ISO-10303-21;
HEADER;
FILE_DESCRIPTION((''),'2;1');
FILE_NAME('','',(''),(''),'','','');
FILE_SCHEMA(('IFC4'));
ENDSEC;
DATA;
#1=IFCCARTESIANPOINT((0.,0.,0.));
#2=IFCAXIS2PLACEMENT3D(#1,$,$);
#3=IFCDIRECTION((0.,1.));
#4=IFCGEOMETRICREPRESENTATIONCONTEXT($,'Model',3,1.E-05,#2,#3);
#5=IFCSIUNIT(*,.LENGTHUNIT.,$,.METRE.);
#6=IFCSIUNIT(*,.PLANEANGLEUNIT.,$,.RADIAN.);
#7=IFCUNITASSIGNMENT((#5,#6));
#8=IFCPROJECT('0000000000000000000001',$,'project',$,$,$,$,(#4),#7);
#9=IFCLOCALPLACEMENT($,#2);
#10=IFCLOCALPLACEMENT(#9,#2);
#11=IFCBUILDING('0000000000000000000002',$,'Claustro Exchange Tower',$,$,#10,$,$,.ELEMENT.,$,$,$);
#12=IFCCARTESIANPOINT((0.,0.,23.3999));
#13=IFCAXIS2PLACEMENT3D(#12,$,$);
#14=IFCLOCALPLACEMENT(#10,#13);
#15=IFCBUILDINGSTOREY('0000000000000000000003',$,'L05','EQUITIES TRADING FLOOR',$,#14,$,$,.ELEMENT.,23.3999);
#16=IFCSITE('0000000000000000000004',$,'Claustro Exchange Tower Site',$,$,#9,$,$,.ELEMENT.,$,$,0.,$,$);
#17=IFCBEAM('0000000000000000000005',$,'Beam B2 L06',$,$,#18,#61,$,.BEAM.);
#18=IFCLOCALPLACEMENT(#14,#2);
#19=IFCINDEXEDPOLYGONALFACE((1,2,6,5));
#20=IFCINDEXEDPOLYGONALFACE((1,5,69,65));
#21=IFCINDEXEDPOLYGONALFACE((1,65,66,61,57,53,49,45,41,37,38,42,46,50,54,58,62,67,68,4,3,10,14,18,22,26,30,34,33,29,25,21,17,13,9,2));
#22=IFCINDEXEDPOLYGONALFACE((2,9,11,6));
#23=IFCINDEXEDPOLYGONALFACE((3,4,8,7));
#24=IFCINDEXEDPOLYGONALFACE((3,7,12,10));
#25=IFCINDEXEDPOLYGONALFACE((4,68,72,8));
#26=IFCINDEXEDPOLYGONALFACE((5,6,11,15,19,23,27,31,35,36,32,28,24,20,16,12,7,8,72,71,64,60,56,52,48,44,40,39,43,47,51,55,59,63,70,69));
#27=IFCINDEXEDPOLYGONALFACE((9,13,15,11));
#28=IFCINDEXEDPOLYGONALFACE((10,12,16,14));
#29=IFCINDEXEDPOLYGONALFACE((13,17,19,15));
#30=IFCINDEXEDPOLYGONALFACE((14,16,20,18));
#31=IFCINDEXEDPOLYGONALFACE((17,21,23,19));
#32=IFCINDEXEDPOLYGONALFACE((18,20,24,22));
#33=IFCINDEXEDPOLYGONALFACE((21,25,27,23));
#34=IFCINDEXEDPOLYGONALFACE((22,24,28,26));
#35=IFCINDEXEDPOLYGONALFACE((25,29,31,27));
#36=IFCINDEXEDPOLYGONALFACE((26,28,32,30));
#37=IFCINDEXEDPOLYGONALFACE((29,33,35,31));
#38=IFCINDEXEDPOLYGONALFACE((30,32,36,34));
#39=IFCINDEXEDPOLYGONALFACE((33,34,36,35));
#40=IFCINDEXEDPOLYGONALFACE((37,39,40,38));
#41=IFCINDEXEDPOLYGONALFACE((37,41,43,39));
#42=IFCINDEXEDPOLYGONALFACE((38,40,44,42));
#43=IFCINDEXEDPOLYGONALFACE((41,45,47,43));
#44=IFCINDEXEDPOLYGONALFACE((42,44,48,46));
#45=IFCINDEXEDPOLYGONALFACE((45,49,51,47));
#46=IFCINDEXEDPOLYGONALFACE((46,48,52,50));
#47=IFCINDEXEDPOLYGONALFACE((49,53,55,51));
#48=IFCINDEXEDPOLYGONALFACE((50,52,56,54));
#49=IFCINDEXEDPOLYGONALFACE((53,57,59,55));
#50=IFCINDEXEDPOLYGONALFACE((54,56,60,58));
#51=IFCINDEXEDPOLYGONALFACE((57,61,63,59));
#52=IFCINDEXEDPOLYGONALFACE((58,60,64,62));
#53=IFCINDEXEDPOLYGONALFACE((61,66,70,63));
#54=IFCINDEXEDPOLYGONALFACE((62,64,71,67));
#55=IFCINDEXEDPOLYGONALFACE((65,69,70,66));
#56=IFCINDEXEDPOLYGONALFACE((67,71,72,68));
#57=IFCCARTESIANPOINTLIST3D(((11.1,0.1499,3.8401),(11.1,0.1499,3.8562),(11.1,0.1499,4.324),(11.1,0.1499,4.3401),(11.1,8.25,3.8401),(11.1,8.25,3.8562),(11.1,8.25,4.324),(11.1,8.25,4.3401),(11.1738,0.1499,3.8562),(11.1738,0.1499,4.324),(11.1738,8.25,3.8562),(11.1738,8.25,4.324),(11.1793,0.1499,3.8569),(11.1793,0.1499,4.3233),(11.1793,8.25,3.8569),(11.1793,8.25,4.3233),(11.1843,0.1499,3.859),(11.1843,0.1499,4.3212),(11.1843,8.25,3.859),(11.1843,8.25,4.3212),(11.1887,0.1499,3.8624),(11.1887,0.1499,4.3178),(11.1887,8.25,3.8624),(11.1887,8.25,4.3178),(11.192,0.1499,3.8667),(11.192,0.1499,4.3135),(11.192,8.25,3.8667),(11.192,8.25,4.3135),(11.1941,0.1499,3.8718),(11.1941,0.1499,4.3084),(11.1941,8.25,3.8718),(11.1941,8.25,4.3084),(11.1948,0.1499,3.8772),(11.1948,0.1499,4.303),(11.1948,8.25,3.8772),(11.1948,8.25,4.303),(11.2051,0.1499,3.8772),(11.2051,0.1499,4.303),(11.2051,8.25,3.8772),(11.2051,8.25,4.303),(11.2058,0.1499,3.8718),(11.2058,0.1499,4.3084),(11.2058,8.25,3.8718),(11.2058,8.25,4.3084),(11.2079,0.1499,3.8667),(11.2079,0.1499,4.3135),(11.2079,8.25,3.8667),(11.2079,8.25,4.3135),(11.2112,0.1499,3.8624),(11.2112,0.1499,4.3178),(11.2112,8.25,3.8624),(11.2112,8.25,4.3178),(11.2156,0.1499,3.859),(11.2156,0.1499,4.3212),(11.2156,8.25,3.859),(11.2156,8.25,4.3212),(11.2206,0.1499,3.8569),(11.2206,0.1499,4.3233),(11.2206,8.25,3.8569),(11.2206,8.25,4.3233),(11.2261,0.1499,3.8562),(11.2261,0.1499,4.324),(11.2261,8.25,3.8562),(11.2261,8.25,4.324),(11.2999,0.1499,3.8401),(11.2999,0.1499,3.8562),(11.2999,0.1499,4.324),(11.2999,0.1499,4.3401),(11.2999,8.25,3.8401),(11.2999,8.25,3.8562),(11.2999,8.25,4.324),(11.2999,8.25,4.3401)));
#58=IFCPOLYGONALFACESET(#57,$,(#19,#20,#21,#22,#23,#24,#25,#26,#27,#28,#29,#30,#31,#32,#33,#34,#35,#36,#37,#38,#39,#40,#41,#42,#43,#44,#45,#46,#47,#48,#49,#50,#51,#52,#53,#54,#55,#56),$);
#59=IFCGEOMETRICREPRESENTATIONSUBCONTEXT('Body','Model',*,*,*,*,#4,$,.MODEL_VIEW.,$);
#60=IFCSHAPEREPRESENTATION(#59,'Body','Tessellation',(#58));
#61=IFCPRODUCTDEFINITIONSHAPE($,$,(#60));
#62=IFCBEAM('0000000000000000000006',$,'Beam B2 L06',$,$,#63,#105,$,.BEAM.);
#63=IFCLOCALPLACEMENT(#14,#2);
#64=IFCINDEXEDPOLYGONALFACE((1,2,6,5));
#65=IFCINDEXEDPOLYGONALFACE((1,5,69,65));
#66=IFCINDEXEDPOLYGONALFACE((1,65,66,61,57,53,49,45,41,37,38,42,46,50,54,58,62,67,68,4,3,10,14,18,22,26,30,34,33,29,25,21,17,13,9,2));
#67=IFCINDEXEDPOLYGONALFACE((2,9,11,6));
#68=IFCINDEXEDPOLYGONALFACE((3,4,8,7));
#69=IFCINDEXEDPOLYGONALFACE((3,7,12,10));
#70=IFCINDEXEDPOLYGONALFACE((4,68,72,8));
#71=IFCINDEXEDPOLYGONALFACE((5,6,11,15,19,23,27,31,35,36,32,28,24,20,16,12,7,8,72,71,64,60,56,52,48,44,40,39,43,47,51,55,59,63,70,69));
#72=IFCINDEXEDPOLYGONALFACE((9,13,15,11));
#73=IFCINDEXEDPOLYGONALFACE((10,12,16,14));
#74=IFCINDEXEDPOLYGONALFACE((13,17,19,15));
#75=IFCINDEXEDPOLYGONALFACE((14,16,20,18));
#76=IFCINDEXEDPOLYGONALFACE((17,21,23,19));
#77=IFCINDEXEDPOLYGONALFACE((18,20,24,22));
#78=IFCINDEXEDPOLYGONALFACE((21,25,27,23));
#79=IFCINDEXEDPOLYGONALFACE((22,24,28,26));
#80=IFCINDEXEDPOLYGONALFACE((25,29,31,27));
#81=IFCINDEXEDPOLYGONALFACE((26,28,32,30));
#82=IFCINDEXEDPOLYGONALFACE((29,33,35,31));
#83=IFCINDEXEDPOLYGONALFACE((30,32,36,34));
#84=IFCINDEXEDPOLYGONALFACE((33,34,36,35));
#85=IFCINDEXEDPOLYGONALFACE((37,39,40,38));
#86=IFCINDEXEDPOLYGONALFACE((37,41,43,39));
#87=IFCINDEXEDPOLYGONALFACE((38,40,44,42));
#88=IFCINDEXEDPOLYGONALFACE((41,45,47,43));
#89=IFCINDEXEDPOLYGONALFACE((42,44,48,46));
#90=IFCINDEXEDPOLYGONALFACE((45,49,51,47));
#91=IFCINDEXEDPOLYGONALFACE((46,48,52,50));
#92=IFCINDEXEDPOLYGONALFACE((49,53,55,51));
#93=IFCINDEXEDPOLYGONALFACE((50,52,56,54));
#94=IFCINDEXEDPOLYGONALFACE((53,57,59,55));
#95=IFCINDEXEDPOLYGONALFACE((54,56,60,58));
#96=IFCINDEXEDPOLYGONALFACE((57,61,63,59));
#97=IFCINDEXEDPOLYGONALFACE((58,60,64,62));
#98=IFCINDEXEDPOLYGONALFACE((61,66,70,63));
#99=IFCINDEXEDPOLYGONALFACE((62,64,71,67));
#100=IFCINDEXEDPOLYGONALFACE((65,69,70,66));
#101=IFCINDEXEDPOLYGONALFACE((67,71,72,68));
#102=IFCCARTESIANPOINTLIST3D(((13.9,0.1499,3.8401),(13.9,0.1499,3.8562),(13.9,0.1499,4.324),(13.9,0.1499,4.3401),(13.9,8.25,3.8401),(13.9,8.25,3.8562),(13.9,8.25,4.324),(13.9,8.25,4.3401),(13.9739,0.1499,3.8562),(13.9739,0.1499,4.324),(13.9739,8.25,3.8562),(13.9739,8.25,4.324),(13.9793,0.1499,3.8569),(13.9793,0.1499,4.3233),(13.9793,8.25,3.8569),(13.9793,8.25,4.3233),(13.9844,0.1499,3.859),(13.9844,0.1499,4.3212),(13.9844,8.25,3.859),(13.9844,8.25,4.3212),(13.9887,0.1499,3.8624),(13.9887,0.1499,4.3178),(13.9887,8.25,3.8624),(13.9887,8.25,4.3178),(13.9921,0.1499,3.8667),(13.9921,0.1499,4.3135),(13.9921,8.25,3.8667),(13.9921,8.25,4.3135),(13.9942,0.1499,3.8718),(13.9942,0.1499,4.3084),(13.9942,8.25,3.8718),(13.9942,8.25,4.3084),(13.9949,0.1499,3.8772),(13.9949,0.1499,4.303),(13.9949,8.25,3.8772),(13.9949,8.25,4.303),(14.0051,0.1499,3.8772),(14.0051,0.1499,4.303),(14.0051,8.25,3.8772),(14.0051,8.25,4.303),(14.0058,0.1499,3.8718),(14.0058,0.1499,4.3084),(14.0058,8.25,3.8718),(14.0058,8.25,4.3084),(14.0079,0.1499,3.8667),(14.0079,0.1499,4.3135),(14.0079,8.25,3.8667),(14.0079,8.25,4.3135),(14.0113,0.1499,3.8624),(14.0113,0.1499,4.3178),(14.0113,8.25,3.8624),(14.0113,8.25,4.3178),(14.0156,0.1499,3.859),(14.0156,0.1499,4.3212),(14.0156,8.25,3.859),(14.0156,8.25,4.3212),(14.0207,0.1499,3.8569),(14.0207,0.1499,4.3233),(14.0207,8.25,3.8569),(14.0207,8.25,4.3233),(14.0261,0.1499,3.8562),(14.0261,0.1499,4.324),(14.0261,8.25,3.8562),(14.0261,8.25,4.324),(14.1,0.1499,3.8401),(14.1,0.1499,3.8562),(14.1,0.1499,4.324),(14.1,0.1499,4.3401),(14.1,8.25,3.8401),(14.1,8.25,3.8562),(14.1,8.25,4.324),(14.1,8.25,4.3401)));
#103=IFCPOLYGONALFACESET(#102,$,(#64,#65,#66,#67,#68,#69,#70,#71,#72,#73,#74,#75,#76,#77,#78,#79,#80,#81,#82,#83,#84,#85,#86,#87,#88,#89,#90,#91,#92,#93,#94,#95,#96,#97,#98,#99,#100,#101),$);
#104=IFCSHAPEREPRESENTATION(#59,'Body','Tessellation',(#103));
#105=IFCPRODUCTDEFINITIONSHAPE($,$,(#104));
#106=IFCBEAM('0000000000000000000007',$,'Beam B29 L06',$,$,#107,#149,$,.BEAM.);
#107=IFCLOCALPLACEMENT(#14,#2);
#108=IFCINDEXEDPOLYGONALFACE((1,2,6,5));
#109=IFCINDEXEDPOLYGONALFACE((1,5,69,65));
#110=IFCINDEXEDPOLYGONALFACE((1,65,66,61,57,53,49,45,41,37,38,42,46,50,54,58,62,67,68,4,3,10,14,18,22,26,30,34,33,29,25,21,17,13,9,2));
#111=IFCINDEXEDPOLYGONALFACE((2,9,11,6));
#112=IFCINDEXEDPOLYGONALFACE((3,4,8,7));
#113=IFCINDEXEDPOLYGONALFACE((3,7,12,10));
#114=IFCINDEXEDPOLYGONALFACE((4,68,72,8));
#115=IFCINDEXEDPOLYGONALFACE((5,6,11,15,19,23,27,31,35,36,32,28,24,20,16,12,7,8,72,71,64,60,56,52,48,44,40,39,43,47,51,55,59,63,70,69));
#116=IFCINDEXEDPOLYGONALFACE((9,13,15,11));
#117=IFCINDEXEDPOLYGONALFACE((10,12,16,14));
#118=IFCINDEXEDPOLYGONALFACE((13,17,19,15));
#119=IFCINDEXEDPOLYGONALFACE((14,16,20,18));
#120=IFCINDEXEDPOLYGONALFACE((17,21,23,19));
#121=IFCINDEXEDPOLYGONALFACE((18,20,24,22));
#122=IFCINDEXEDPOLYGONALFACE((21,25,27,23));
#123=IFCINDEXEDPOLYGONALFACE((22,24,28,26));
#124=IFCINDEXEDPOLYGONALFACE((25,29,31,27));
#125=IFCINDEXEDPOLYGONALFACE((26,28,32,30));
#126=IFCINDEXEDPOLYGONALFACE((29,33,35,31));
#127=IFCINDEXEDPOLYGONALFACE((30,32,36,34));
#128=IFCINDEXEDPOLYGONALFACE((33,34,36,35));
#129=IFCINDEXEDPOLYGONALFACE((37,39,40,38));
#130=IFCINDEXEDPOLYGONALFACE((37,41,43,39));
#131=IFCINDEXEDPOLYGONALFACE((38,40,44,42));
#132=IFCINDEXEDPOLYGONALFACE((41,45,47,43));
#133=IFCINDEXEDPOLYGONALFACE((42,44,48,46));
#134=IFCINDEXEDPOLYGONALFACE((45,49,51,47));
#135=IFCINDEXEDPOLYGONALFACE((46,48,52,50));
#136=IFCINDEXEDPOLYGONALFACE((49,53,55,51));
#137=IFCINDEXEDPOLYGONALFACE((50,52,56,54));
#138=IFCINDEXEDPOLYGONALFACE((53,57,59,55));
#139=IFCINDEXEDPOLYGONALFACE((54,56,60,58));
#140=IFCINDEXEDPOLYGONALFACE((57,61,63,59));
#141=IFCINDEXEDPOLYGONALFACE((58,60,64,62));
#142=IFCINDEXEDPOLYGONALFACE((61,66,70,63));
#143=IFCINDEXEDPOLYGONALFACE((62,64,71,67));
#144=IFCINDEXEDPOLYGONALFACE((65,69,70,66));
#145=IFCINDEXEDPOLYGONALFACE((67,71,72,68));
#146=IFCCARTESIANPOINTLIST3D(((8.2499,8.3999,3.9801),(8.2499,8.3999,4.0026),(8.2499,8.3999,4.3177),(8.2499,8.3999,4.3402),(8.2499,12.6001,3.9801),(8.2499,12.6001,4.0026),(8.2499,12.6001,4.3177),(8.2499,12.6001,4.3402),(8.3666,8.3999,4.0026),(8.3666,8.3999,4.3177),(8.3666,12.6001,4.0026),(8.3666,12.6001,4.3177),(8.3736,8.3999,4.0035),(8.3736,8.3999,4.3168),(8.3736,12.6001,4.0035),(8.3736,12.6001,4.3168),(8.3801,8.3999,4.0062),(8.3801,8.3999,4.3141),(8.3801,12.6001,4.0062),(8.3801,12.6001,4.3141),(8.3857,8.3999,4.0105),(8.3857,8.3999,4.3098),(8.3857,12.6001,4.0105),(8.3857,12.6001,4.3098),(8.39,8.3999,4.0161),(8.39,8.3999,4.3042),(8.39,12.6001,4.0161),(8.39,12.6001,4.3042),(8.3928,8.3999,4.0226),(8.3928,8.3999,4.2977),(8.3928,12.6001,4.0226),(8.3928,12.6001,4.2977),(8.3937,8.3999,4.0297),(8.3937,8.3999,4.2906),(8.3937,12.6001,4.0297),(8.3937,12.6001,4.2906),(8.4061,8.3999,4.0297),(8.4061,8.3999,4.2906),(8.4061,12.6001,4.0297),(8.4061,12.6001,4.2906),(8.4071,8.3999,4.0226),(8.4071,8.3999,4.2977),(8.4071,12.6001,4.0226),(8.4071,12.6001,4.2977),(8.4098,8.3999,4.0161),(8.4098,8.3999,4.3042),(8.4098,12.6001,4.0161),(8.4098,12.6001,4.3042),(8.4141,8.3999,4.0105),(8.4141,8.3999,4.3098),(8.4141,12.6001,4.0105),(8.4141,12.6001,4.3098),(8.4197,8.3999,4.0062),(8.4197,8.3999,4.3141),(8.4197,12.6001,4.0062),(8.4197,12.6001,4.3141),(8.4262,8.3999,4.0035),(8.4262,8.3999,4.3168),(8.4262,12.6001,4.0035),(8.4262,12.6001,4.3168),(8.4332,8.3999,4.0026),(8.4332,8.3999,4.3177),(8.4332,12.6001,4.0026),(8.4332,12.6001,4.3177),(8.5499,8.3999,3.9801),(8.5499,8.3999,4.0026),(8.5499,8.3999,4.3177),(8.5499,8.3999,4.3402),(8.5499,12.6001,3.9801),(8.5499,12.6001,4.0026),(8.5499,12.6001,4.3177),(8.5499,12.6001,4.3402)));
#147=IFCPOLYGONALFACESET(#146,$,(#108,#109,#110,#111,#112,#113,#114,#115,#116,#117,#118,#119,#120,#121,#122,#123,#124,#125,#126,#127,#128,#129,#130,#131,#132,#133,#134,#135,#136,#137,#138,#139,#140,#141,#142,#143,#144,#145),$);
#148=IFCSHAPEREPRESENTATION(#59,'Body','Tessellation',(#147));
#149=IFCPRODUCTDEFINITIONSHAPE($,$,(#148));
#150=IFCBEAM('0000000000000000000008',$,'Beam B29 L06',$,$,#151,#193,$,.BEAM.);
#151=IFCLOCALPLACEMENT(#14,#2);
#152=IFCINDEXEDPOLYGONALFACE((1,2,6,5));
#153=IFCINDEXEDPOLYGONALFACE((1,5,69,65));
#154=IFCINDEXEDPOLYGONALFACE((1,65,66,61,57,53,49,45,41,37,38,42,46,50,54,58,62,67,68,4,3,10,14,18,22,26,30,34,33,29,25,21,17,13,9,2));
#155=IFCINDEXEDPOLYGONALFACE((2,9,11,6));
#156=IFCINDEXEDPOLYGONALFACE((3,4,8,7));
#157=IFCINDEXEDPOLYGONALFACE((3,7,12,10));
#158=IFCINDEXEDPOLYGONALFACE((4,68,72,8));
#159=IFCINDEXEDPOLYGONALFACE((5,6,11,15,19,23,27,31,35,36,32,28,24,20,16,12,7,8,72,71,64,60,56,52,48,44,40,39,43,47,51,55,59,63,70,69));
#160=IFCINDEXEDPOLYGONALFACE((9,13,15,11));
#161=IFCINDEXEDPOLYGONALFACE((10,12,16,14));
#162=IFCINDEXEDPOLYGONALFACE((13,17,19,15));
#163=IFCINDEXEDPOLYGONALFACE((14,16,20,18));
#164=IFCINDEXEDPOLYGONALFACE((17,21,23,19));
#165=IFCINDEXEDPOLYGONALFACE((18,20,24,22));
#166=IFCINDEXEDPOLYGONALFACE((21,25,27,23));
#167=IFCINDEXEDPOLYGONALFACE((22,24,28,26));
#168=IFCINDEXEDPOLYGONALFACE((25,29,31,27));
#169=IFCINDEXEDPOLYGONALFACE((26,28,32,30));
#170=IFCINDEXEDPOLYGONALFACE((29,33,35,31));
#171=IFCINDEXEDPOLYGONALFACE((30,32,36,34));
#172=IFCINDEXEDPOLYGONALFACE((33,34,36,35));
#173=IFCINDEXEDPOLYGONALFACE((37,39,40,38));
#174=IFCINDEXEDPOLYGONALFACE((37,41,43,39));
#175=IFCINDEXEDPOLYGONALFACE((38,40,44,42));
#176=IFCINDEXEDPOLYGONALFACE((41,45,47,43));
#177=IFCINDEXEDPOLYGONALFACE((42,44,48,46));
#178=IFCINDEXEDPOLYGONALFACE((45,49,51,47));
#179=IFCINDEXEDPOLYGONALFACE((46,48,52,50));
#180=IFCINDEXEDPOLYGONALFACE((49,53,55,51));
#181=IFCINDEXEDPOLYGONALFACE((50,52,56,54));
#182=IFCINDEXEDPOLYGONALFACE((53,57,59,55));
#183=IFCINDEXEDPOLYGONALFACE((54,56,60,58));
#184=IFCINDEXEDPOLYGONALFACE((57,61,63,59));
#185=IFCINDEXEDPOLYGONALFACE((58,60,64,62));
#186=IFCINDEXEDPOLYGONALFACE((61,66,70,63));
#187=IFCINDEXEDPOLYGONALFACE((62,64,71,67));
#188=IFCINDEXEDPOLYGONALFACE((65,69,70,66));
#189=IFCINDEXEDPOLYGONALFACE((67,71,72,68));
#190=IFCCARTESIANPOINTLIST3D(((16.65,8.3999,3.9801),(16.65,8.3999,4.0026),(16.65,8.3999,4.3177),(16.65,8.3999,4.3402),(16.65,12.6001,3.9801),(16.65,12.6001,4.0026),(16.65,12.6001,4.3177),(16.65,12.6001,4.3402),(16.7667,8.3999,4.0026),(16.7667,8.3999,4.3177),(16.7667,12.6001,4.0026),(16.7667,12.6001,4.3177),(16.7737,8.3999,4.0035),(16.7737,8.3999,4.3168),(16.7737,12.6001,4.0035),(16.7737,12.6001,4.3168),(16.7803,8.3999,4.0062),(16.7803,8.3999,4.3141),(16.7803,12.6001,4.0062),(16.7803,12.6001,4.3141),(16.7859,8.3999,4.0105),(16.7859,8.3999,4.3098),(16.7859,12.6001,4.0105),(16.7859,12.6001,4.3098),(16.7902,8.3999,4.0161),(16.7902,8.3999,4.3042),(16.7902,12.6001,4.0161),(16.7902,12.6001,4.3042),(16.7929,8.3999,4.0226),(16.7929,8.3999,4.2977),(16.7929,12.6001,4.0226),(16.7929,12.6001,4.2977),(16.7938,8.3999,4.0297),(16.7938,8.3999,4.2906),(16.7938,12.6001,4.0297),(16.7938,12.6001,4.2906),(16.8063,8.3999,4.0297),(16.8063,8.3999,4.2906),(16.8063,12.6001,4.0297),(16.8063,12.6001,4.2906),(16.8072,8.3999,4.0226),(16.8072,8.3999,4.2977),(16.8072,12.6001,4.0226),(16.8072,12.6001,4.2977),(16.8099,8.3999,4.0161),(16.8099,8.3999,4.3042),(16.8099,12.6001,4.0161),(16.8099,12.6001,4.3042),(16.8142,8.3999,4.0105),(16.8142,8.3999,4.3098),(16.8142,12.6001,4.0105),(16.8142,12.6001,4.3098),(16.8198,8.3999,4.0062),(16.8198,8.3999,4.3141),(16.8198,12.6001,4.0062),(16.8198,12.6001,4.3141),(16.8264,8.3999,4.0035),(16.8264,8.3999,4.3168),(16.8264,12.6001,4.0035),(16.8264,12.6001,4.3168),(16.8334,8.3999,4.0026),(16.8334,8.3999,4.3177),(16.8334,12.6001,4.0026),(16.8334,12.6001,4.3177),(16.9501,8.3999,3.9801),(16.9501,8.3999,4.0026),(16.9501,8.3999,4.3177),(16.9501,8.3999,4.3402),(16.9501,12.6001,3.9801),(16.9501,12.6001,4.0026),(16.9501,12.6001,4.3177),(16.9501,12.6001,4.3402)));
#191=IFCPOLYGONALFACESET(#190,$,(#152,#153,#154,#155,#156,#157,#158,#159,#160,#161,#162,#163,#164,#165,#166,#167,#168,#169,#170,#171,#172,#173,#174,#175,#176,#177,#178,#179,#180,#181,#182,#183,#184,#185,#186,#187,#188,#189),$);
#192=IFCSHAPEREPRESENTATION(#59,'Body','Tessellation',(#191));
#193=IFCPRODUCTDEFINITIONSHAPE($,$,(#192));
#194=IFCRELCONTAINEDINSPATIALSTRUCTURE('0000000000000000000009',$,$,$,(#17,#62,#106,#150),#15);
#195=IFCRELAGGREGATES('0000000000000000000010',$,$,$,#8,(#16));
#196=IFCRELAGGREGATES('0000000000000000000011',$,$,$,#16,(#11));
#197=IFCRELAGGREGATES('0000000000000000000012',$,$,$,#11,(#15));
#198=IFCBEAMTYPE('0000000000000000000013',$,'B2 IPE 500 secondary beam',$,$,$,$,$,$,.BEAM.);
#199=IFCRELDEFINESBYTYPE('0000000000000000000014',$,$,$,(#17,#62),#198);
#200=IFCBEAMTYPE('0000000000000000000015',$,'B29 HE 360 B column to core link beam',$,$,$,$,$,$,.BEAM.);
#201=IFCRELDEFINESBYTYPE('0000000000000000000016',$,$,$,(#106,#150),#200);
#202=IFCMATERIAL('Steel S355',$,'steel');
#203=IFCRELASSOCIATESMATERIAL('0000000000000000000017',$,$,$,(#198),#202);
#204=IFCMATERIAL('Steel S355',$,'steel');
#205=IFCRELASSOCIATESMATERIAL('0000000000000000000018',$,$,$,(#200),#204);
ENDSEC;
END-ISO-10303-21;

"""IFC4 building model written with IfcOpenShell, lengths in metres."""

from ifc_helpers import new_model, si_unit, direction, frame, origin, origin_2d, place, context, subcontext, project, spatial, i_section, extrude, material, material_profile, profile_set, type_object, element, save


model = new_model("IFC4")

# Units and contexts
model_context = context("Model", 3, precision=1e-05, world=origin(), true_north=direction((0.0, 1.0)))
body_context = subcontext(model_context, "Body", "Model", "MODEL_VIEW")
ifc_project = project(units=[si_unit("LENGTHUNIT", "METRE"), si_unit("PLANEANGLEUNIT", "RADIAN")], contexts=[model_context])

# Site, building, storey
site_placement = place(None, origin())
site = spatial("IfcSite", under=ifc_project, at=site_placement, Name="Claustro Exchange Tower Site", CompositionType="ELEMENT", RefElevation=0.0)
building_placement = place(site_placement, origin())
building = spatial("IfcBuilding", under=site, at=building_placement, Name="Claustro Exchange Tower", CompositionType="ELEMENT")
storey_placement = place(building_placement, frame((0.0, 0.0, 23.3999)))
storey = spatial("IfcBuildingStorey", under=building, at=storey_placement, Name="L05", Description="EQUITIES TRADING FLOOR", CompositionType="ELEMENT", Elevation=23.3999)

# Beams
ifc_material_1 = material(Name="Steel S355", Category="steel")
ifc_material_profile_1 = material_profile(ifc_material_1, i_section(OverallWidth=0.2, OverallDepth=0.5, WebThickness=0.0103, FlangeThickness=0.0161, FilletRadius=0.021, at=origin_2d()), Name="IPE 500")
ifc_profile_set_1 = profile_set([ifc_material_profile_1], Name="Steel S355")
beam_type_1 = type_object("IfcBeamType", Name="B2 IPE 500 secondary beam", PredefinedType="BEAM", material=ifc_profile_set_1)
for number, where, z_axis, x_axis, name in (
    (1, (11.2, 0.1499, 4.0901), (0.0, 1.0, 0.0), (-1.0, 0.0, 0.0), "Beam B2 L06"),
    (2, (14.0, 0.1499, 4.0901), (0.0, 1.0, 0.0), (-1.0, 0.0, 0.0), "Beam B2 L06"),
):
    element("IfcBeam", number, at=place(storey_placement, frame(where, z_axis=z_axis, x_axis=x_axis)), inside=storey, type_object=beam_type_1, Name=name, PredefinedType="BEAM", context=body_context, shape_type="SweptSolid", body=[
        extrude(i_section(OverallWidth=0.2, OverallDepth=0.5, WebThickness=0.0103, FlangeThickness=0.0161, FilletRadius=0.021, at=origin_2d()), origin(), (0.0, 0.0, 1.0), 8.1001),
    ])
ifc_material_2 = material(Name="Steel S355", Category="steel")
ifc_material_profile_2 = material_profile(ifc_material_2, i_section(OverallWidth=0.3, OverallDepth=0.3601, WebThickness=0.0125, FlangeThickness=0.0225, FilletRadius=0.0271, at=origin_2d()), Name="HE 360 B")
ifc_profile_set_2 = profile_set([ifc_material_profile_2], Name="Steel S355")
beam_type_2 = type_object("IfcBeamType", Name="B29 HE 360 B column to core link beam", PredefinedType="BEAM", material=ifc_profile_set_2)
for number, where, z_axis, x_axis, name in (
    (3, (8.3999, 8.3999, 4.1602), (0.0, 1.0, 0.0), (-1.0, 0.0, 0.0), "Beam B29 L06"),
    (4, (16.8, 8.3999, 4.1602), (0.0, 1.0, 0.0), (-1.0, 0.0, 0.0), "Beam B29 L06"),
):
    element("IfcBeam", number, at=place(storey_placement, frame(where, z_axis=z_axis, x_axis=x_axis)), inside=storey, type_object=beam_type_2, Name=name, PredefinedType="BEAM", context=body_context, shape_type="SweptSolid", body=[
        extrude(i_section(OverallWidth=0.3, OverallDepth=0.3601, WebThickness=0.0125, FlangeThickness=0.0225, FilletRadius=0.0271, at=origin_2d()), origin(), (0.0, 0.0, 1.0), 4.2002),
    ])

save(model, "model.ifc")
